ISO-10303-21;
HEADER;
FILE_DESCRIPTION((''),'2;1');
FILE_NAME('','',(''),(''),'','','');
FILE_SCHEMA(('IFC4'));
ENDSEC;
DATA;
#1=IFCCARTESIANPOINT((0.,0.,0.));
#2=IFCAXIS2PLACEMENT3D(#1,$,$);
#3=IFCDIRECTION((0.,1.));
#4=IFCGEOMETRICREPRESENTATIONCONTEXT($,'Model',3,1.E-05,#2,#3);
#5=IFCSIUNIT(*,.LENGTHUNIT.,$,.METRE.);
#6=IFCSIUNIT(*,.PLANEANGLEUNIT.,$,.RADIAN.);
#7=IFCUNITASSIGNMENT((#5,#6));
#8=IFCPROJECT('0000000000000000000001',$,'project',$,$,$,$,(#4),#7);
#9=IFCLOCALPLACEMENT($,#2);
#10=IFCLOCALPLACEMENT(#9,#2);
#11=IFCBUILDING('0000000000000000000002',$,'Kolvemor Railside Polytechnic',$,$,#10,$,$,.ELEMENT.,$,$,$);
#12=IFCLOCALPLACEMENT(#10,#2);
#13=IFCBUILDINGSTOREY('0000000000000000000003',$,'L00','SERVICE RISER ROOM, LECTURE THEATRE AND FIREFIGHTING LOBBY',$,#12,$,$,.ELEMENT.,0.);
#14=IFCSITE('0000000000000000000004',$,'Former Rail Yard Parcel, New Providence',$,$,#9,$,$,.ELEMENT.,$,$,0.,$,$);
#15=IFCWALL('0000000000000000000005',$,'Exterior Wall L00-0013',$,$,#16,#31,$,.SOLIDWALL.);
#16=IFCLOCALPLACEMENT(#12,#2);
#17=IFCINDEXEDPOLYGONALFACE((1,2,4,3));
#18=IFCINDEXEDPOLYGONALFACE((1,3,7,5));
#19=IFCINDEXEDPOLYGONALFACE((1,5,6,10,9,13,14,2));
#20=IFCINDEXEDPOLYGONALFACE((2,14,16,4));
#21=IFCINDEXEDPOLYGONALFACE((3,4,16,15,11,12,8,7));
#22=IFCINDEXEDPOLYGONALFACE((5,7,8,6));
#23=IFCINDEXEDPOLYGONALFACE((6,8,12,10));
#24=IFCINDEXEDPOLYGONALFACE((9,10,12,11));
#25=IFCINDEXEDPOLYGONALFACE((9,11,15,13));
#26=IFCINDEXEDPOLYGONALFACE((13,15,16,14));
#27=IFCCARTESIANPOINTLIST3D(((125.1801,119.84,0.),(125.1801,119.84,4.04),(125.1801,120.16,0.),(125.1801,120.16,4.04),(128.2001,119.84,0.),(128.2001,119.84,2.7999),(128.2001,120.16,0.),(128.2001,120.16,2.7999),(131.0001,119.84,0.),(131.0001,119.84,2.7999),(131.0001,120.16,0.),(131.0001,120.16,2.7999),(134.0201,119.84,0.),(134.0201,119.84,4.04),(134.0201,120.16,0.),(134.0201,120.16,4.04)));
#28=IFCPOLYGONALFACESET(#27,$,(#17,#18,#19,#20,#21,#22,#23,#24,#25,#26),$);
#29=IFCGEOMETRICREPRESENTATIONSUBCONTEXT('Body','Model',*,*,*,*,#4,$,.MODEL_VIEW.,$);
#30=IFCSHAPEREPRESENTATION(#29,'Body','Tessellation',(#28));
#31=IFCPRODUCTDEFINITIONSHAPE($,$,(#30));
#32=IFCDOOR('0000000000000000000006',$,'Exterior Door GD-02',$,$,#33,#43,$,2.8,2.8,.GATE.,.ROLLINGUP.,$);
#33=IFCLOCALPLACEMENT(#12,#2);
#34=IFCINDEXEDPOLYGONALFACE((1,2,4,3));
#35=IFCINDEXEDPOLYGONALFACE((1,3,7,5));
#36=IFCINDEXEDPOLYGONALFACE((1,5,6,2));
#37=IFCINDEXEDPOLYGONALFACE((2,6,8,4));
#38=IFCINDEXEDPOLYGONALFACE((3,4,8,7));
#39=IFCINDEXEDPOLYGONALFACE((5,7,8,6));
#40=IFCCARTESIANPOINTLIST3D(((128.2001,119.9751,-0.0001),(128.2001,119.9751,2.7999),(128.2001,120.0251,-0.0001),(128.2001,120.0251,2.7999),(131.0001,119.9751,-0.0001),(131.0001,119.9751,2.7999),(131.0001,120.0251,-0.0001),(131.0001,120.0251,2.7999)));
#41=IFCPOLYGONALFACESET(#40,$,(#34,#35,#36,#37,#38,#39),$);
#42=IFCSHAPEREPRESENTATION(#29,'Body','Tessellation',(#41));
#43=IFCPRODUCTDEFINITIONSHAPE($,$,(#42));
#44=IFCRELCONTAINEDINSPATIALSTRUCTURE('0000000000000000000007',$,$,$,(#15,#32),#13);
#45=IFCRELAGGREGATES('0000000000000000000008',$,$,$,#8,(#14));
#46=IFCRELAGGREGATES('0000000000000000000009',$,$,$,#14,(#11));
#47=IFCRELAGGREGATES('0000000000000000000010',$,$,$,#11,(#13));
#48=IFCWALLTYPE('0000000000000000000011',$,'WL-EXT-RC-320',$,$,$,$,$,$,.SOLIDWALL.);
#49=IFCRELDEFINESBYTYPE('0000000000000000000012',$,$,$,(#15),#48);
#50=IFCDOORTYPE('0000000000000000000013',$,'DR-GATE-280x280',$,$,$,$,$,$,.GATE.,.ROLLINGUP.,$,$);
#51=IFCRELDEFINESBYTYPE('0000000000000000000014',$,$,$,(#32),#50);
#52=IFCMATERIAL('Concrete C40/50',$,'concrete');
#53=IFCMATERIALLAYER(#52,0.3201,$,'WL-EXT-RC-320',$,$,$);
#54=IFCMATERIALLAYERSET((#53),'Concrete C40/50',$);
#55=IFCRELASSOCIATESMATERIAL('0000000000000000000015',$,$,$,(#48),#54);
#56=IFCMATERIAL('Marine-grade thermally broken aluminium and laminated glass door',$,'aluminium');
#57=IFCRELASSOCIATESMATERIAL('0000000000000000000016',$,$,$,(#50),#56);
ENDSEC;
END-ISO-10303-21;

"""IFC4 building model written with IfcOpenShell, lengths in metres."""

from ifc_helpers import new_model, si_unit, direction, frame, frame_2d, origin, place, context, subcontext, project, spatial, rectangle, extrude, material, layer, layer_set, type_object, element, fill, save


model = new_model("IFC4")

# Units and contexts
model_context = context("Model", 3, precision=1e-05, world=origin(), true_north=direction((0.0, 1.0)))
body_context = subcontext(model_context, "Body", "Model", "MODEL_VIEW")
ifc_project = project(units=[si_unit("LENGTHUNIT", "METRE"), si_unit("PLANEANGLEUNIT", "RADIAN")], contexts=[model_context])

# Site, building, storey
site_placement = place(None, origin())
site = spatial("IfcSite", under=ifc_project, at=site_placement, Name="Former Rail Yard Parcel, New Providence", CompositionType="ELEMENT", RefElevation=0.0)
building_placement = place(site_placement, origin())
building = spatial("IfcBuilding", under=site, at=building_placement, Name="Kolvemor Railside Polytechnic", CompositionType="ELEMENT")
storey_placement = place(building_placement, origin())
storey = spatial("IfcBuildingStorey", under=building, at=storey_placement, Name="L00", Description="SERVICE RISER ROOM, LECTURE THEATRE AND FIREFIGHTING LOBBY", CompositionType="ELEMENT", Elevation=0.0)

# Wall, opening, door
ifc_material_1 = material(Name="Concrete C40/50", Category="concrete")
ifc_layer_1 = layer(ifc_material_1, 0.3201, Name="WL-EXT-RC-320")
ifc_layer_set_1 = layer_set([ifc_layer_1], Name="Concrete C40/50")
wall_type = type_object("IfcWallType", Name="WL-EXT-RC-320", PredefinedType="SOLIDWALL", material=ifc_layer_set_1)
wall_placement = place(storey_placement, frame((134.02, 120.0, 0.0), z_axis=(0.0, 0.0, 1.0), x_axis=(-1.0, 0.0, 0.0)))
wall = element("IfcWall", 1, at=wall_placement, inside=storey, type_object=wall_type, Name="Exterior Wall L00-0013", PredefinedType="SOLIDWALL", context=body_context, shape_type="SweptSolid", body=[
    extrude(rectangle(XDim=8.8401, YDim=0.3201, at=frame_2d((4.4199, 0.0))), origin(), (0.0, 0.0, 1.0), 4.04),
])
opening_placement = place(wall_placement, frame((3.02, 0.0, 0.0)))
opening = element("IfcOpeningElement", 2, at=opening_placement, cuts=wall, PredefinedType="OPENING", context=body_context, shape_type="SweptSolid", body=[
    extrude(rectangle(XDim=2.8, YDim=2.8, at=frame_2d((1.3999, 1.3999))), frame((0.0, 0.1699, 0.0), z_axis=(0.0, -1.0, 0.0), x_axis=(1.0, 0.0, 0.0)), (0.0, 0.0, 1.0), 0.3401),
])
ifc_material_2 = material(Name="Marine-grade thermally broken aluminium and laminated glass door", Category="aluminium")
door_type = type_object("IfcDoorType", Name="DR-GATE-280x280", OperationType="ROLLINGUP", PredefinedType="GATE", material=ifc_material_2)
door_placement = place(opening_placement, origin())
door = element("IfcDoor", 3, at=door_placement, inside=storey, type_object=door_type, Name="Exterior Door GD-02", OperationType="ROLLINGUP", OverallHeight=2.8, OverallWidth=2.8, PredefinedType="GATE", context=body_context, shape_type="SweptSolid", body=[
    extrude(rectangle(XDim=2.8, YDim=2.8, at=frame_2d((1.3999, 1.3999))), frame((0.0, 0.0249, 0.0), z_axis=(0.0, -1.0, 0.0), x_axis=(1.0, 0.0, 0.0)), (0.0, 0.0, 1.0), 0.05),
])
fill(opening, door)

save(model, "model.ifc")
